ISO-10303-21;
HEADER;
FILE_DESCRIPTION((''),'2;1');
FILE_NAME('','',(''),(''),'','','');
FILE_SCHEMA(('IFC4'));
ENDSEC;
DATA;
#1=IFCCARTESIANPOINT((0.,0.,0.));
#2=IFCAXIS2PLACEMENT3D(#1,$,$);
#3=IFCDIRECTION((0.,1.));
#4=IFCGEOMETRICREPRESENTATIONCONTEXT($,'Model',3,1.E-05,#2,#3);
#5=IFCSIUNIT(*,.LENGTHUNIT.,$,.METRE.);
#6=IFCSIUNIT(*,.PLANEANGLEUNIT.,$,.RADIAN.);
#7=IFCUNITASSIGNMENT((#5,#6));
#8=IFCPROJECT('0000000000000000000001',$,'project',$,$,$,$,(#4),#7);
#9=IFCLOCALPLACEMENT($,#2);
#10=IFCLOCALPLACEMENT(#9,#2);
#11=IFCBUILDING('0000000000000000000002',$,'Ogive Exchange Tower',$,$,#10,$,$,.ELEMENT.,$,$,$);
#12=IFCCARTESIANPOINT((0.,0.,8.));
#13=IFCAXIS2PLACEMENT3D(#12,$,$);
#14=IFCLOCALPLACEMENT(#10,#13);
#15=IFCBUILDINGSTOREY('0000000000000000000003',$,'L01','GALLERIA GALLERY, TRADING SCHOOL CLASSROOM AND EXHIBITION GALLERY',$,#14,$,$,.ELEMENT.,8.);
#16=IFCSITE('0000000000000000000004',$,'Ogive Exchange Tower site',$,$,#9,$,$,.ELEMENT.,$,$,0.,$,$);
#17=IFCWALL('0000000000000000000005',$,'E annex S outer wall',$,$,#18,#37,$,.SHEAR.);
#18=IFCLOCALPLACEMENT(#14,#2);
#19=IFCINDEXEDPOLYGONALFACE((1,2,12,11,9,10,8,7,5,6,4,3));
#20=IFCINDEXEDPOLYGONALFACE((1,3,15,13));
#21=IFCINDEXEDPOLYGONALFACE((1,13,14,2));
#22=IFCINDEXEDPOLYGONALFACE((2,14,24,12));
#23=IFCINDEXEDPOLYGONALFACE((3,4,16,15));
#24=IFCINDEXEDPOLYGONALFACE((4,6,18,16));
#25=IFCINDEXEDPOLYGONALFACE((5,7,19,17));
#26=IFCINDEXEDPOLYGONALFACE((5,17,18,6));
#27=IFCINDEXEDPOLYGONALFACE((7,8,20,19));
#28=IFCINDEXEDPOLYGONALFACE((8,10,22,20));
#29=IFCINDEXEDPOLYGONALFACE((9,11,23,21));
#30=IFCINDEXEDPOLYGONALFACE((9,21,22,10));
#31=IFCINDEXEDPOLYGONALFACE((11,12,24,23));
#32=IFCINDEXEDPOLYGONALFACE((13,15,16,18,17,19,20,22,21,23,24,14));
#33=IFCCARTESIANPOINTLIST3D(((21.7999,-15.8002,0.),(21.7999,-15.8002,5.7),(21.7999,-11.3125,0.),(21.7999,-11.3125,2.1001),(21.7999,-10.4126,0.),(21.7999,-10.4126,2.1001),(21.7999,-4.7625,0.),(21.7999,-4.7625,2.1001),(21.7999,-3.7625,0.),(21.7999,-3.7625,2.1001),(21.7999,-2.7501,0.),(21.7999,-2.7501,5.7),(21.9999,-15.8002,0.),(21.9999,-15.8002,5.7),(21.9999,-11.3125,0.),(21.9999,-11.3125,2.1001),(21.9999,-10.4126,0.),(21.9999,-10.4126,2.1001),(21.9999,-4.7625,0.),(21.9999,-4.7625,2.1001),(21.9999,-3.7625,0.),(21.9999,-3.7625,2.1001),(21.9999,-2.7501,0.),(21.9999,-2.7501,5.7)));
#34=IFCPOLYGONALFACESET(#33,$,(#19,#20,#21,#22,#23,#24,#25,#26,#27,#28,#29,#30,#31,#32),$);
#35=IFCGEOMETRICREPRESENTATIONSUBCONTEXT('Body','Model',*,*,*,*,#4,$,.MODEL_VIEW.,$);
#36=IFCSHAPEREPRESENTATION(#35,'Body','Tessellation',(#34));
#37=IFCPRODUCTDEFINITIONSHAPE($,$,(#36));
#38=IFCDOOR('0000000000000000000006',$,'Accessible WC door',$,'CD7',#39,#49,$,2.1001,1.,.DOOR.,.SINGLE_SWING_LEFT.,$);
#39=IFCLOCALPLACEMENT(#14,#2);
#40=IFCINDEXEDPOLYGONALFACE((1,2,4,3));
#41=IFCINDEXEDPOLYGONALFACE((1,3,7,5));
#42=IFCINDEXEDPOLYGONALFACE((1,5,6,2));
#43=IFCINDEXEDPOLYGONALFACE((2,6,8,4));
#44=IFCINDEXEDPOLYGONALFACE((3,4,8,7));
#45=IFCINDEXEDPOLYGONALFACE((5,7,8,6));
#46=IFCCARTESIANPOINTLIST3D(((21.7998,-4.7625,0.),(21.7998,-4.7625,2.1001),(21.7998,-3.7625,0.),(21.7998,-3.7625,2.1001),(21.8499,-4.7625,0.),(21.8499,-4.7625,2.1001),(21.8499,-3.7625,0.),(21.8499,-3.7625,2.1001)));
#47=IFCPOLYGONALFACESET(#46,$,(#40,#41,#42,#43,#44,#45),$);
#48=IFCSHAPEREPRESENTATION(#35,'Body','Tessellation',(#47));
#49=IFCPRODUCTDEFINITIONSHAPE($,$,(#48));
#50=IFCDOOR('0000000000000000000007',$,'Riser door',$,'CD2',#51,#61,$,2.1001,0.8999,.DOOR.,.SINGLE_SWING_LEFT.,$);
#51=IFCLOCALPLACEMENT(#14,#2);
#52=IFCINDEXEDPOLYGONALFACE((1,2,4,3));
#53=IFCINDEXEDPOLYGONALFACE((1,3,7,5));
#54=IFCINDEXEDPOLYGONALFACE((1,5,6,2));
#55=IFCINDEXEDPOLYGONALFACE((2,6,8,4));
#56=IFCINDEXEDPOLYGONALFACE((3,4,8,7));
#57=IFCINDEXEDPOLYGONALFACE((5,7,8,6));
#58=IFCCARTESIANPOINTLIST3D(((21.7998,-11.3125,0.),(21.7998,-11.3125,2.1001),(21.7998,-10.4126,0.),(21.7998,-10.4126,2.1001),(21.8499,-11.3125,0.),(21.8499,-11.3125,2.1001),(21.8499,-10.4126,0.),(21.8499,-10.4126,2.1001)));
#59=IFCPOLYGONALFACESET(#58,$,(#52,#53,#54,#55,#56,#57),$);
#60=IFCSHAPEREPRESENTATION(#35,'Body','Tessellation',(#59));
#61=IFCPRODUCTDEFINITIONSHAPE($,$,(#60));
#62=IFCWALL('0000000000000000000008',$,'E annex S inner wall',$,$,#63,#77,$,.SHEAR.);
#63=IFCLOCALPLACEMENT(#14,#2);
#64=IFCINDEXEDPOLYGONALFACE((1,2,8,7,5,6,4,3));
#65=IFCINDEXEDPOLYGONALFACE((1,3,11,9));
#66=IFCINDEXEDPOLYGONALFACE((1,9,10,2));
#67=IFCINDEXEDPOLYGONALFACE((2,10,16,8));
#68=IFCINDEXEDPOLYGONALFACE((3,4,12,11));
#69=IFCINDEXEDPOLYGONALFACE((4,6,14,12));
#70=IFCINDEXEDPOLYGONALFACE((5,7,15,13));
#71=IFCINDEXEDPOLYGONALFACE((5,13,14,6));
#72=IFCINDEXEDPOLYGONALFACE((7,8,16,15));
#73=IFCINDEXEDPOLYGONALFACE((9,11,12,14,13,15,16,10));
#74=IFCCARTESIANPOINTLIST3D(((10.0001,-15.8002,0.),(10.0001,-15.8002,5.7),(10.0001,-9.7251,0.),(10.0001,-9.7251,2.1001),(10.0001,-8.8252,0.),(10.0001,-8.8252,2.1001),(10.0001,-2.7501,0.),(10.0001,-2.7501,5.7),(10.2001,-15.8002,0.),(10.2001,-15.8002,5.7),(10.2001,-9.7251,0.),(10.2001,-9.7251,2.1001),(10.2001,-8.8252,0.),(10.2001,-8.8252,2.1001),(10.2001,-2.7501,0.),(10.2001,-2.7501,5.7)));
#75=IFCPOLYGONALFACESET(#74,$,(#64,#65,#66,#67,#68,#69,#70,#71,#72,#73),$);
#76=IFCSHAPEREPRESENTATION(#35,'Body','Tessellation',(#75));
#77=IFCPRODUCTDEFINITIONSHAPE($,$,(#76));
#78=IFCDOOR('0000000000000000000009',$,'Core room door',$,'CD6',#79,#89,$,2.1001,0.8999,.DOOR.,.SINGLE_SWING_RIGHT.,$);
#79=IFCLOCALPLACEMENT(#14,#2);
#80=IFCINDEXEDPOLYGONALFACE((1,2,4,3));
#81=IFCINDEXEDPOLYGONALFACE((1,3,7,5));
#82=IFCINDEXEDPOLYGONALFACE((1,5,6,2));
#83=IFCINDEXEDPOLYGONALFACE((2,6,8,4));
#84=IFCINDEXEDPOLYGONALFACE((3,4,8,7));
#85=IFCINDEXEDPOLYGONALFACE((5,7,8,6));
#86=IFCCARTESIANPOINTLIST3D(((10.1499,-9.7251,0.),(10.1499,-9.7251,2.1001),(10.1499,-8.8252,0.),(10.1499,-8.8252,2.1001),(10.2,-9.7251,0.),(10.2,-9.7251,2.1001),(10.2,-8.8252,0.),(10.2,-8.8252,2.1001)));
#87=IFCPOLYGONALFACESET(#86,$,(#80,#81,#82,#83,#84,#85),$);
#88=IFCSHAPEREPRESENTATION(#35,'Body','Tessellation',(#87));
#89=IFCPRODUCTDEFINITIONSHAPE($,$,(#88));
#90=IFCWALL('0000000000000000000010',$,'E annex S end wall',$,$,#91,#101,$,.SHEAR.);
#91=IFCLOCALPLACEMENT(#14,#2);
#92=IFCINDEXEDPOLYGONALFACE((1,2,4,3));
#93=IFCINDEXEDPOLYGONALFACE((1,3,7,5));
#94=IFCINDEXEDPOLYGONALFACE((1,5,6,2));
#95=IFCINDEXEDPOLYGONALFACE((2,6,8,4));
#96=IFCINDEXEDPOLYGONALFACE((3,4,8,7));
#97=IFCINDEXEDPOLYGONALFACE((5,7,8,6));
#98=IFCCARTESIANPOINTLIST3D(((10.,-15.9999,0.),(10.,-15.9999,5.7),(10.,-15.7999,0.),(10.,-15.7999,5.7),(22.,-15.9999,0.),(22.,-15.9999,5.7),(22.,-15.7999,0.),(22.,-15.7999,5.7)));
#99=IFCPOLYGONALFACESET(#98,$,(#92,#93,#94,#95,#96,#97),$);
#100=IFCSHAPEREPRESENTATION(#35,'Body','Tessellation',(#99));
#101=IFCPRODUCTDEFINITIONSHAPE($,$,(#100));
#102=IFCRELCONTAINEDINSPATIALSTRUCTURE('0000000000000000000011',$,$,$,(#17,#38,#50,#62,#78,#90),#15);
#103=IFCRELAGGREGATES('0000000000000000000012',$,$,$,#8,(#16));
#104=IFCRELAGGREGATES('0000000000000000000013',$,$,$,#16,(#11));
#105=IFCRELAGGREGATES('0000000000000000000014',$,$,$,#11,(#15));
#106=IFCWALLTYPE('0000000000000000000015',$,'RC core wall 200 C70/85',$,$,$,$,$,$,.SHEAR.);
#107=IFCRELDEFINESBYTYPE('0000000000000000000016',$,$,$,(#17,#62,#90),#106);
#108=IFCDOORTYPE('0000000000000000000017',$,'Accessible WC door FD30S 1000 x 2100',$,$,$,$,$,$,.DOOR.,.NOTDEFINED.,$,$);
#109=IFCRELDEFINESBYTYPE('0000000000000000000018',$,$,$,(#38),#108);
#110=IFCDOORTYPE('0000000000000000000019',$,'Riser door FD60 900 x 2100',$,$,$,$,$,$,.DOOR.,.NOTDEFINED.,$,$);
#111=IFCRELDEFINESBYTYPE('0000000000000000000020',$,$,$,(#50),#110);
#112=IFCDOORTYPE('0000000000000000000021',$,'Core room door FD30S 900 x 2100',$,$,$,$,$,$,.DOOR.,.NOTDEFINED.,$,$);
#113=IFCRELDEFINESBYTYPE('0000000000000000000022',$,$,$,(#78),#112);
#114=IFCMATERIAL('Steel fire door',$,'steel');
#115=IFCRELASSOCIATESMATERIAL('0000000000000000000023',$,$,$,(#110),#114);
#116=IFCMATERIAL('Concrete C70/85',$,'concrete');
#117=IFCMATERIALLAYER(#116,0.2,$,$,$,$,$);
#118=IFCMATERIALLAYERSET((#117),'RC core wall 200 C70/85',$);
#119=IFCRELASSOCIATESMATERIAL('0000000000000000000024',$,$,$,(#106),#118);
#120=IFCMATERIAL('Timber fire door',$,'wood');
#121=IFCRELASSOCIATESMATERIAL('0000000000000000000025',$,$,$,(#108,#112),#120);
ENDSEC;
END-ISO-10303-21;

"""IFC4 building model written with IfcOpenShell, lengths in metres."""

from ifc_helpers import new_model, si_unit, direction, frame, frame_2d, origin, place, context, subcontext, project, spatial, rectangle, extrude, material, layer, layer_set, type_object, element, fill, save


model = new_model("IFC4")

# Units and contexts
model_context = context("Model", 3, precision=1e-05, world=origin(), true_north=direction((0.0, 1.0)))
body_context = subcontext(model_context, "Body", "Model", "MODEL_VIEW")
ifc_project = project(units=[si_unit("LENGTHUNIT", "METRE"), si_unit("PLANEANGLEUNIT", "RADIAN")], contexts=[model_context])

# Site, building, storey
site_placement = place(None, origin())
site = spatial("IfcSite", under=ifc_project, at=site_placement, Name="Ogive Exchange Tower site", CompositionType="ELEMENT", RefElevation=0.0)
building_placement = place(site_placement, origin())
building = spatial("IfcBuilding", under=site, at=building_placement, Name="Ogive Exchange Tower", CompositionType="ELEMENT")
storey_placement = place(building_placement, frame((0.0, 0.0, 8.0)))
storey = spatial("IfcBuildingStorey", under=building, at=storey_placement, Name="L01", Description="GALLERIA GALLERY, TRADING SCHOOL CLASSROOM AND EXHIBITION GALLERY", CompositionType="ELEMENT", Elevation=8.0)

# Shared definitions
ifc_material_1 = material(Name="Steel fire door", Category="steel")
door_type_1 = type_object("IfcDoorType", Name="Riser door FD60 900 x 2100", OperationType="NOTDEFINED", PredefinedType="DOOR", material=ifc_material_1)

# Wall, openings, doors
ifc_material_2 = material(Name="Concrete C70/85", Category="concrete")
ifc_layer_1 = layer(ifc_material_2, 0.2)
ifc_layer_set_1 = layer_set([ifc_layer_1], Name="RC core wall 200 C70/85")
wall_type_1 = type_object("IfcWallType", Name="RC core wall 200 C70/85", PredefinedType="SHEAR", material=ifc_layer_set_1)
wall_1_placement = place(storey_placement, frame((21.8999, -15.8, 0.0), z_axis=(0.0, 0.0, 1.0), x_axis=(0.0, 1.0, 0.0)))
wall_1 = element("IfcWall", 1, at=wall_1_placement, inside=storey, type_object=wall_type_1, Name="E annex S outer wall", PredefinedType="SHEAR", context=body_context, shape_type="SweptSolid", body=[
    extrude(rectangle(XDim=13.05, YDim=0.2, at=frame_2d((6.5249, 0.0))), origin(), (0.0, 0.0, 1.0), 5.7),
])
opening_1_placement = place(wall_1_placement, frame((4.4875, 0.0, 0.0)))
opening_1 = element("IfcOpeningElement", 2, at=opening_1_placement, cuts=wall_1, PredefinedType="OPENING", context=body_context, shape_type="SweptSolid", body=[
    extrude(rectangle(XDim=0.8999, YDim=2.1001, at=frame_2d((0.45, 1.05))), frame((0.0, 0.1099, 0.0), z_axis=(0.0, -1.0, 0.0), x_axis=(1.0, 0.0, 0.0)), (0.0, 0.0, 1.0), 0.22),
])
opening_2_placement = place(wall_1_placement, frame((11.0376, 0.0, 0.0)))
opening_2 = element("IfcOpeningElement", 3, at=opening_2_placement, cuts=wall_1, PredefinedType="OPENING", context=body_context, shape_type="SweptSolid", body=[
    extrude(rectangle(XDim=1.0, YDim=2.1001, at=frame_2d((0.5, 1.05))), frame((0.0, 0.1099, 0.0), z_axis=(0.0, -1.0, 0.0), x_axis=(1.0, 0.0, 0.0)), (0.0, 0.0, 1.0), 0.22),
])
ifc_material_3 = material(Name="Timber fire door", Category="wood")
door_type_2 = type_object("IfcDoorType", Name="Accessible WC door FD30S 1000 x 2100", OperationType="NOTDEFINED", PredefinedType="DOOR", material=ifc_material_3)
door_1_placement = place(opening_2_placement, origin())
door_1 = element("IfcDoor", 4, at=door_1_placement, inside=storey, type_object=door_type_2, Name="Accessible WC door", ObjectType="CD7", OperationType="SINGLE_SWING_LEFT", OverallHeight=2.1001, OverallWidth=1.0, PredefinedType="DOOR", context=body_context, shape_type="SweptSolid", body=[
    extrude(rectangle(XDim=1.0, YDim=2.1001, at=frame_2d((0.5, 1.05))), frame((0.0, 0.1001, 0.0), z_axis=(0.0, -1.0, 0.0), x_axis=(1.0, 0.0, 0.0)), (0.0, 0.0, 1.0), 0.05),
])
fill(opening_2, door_1)
door_2_placement = place(opening_1_placement, origin())
door_2 = element("IfcDoor", 5, at=door_2_placement, inside=storey, type_object=door_type_1, Name="Riser door", ObjectType="CD2", OperationType="SINGLE_SWING_LEFT", OverallHeight=2.1001, OverallWidth=0.8999, PredefinedType="DOOR", context=body_context, shape_type="SweptSolid", body=[
    extrude(rectangle(XDim=0.8999, YDim=2.1001, at=frame_2d((0.45, 1.05))), frame((0.0, 0.1001, 0.0), z_axis=(0.0, -1.0, 0.0), x_axis=(1.0, 0.0, 0.0)), (0.0, 0.0, 1.0), 0.05),
])
fill(opening_1, door_2)

# Wall, opening, door
wall_2_placement = place(storey_placement, frame((10.1001, -15.8, 0.0), z_axis=(0.0, 0.0, 1.0), x_axis=(0.0, 1.0, 0.0)))
wall_2 = element("IfcWall", 6, at=wall_2_placement, inside=storey, type_object=wall_type_1, Name="E annex S inner wall", PredefinedType="SHEAR", context=body_context, shape_type="SweptSolid", body=[
    extrude(rectangle(XDim=13.05, YDim=0.2, at=frame_2d((6.5249, 0.0))), origin(), (0.0, 0.0, 1.0), 5.7),
])
opening_3_placement = place(wall_2_placement, frame((6.075, 0.0, 0.0)))
opening_3 = element("IfcOpeningElement", 7, at=opening_3_placement, cuts=wall_2, PredefinedType="OPENING", context=body_context, shape_type="SweptSolid", body=[
    extrude(rectangle(XDim=0.8999, YDim=2.1001, at=frame_2d((0.45, 1.05))), frame((0.0, 0.1099, 0.0), z_axis=(0.0, -1.0, 0.0), x_axis=(1.0, 0.0, 0.0)), (0.0, 0.0, 1.0), 0.22),
])
door_type_3 = type_object("IfcDoorType", Name="Core room door FD30S 900 x 2100", OperationType="NOTDEFINED", PredefinedType="DOOR", material=ifc_material_3)
door_3_placement = place(opening_3_placement, origin())
door_3 = element("IfcDoor", 8, at=door_3_placement, inside=storey, type_object=door_type_3, Name="Core room door", ObjectType="CD6", OperationType="SINGLE_SWING_RIGHT", OverallHeight=2.1001, OverallWidth=0.8999, PredefinedType="DOOR", context=body_context, shape_type="SweptSolid", body=[
    extrude(rectangle(XDim=0.8999, YDim=2.1001, at=frame_2d((0.45, 1.05))), frame((0.0, -0.0498, 0.0), z_axis=(0.0, -1.0, 0.0), x_axis=(1.0, 0.0, 0.0)), (0.0, 0.0, 1.0), 0.05),
])
fill(opening_3, door_3)

# Wall
wall_3_placement = place(storey_placement, frame((10.0, -15.8999, 0.0), z_axis=(0.0, 0.0, 1.0), x_axis=(1.0, 0.0, 0.0)))
element("IfcWall", 9, at=wall_3_placement, inside=storey, type_object=wall_type_1, Name="E annex S end wall", PredefinedType="SHEAR", context=body_context, shape_type="SweptSolid", body=[
    extrude(rectangle(XDim=12.0, YDim=0.2, at=frame_2d((6.0, 0.0))), origin(), (0.0, 0.0, 1.0), 5.7),
])

save(model, "model.ifc")
